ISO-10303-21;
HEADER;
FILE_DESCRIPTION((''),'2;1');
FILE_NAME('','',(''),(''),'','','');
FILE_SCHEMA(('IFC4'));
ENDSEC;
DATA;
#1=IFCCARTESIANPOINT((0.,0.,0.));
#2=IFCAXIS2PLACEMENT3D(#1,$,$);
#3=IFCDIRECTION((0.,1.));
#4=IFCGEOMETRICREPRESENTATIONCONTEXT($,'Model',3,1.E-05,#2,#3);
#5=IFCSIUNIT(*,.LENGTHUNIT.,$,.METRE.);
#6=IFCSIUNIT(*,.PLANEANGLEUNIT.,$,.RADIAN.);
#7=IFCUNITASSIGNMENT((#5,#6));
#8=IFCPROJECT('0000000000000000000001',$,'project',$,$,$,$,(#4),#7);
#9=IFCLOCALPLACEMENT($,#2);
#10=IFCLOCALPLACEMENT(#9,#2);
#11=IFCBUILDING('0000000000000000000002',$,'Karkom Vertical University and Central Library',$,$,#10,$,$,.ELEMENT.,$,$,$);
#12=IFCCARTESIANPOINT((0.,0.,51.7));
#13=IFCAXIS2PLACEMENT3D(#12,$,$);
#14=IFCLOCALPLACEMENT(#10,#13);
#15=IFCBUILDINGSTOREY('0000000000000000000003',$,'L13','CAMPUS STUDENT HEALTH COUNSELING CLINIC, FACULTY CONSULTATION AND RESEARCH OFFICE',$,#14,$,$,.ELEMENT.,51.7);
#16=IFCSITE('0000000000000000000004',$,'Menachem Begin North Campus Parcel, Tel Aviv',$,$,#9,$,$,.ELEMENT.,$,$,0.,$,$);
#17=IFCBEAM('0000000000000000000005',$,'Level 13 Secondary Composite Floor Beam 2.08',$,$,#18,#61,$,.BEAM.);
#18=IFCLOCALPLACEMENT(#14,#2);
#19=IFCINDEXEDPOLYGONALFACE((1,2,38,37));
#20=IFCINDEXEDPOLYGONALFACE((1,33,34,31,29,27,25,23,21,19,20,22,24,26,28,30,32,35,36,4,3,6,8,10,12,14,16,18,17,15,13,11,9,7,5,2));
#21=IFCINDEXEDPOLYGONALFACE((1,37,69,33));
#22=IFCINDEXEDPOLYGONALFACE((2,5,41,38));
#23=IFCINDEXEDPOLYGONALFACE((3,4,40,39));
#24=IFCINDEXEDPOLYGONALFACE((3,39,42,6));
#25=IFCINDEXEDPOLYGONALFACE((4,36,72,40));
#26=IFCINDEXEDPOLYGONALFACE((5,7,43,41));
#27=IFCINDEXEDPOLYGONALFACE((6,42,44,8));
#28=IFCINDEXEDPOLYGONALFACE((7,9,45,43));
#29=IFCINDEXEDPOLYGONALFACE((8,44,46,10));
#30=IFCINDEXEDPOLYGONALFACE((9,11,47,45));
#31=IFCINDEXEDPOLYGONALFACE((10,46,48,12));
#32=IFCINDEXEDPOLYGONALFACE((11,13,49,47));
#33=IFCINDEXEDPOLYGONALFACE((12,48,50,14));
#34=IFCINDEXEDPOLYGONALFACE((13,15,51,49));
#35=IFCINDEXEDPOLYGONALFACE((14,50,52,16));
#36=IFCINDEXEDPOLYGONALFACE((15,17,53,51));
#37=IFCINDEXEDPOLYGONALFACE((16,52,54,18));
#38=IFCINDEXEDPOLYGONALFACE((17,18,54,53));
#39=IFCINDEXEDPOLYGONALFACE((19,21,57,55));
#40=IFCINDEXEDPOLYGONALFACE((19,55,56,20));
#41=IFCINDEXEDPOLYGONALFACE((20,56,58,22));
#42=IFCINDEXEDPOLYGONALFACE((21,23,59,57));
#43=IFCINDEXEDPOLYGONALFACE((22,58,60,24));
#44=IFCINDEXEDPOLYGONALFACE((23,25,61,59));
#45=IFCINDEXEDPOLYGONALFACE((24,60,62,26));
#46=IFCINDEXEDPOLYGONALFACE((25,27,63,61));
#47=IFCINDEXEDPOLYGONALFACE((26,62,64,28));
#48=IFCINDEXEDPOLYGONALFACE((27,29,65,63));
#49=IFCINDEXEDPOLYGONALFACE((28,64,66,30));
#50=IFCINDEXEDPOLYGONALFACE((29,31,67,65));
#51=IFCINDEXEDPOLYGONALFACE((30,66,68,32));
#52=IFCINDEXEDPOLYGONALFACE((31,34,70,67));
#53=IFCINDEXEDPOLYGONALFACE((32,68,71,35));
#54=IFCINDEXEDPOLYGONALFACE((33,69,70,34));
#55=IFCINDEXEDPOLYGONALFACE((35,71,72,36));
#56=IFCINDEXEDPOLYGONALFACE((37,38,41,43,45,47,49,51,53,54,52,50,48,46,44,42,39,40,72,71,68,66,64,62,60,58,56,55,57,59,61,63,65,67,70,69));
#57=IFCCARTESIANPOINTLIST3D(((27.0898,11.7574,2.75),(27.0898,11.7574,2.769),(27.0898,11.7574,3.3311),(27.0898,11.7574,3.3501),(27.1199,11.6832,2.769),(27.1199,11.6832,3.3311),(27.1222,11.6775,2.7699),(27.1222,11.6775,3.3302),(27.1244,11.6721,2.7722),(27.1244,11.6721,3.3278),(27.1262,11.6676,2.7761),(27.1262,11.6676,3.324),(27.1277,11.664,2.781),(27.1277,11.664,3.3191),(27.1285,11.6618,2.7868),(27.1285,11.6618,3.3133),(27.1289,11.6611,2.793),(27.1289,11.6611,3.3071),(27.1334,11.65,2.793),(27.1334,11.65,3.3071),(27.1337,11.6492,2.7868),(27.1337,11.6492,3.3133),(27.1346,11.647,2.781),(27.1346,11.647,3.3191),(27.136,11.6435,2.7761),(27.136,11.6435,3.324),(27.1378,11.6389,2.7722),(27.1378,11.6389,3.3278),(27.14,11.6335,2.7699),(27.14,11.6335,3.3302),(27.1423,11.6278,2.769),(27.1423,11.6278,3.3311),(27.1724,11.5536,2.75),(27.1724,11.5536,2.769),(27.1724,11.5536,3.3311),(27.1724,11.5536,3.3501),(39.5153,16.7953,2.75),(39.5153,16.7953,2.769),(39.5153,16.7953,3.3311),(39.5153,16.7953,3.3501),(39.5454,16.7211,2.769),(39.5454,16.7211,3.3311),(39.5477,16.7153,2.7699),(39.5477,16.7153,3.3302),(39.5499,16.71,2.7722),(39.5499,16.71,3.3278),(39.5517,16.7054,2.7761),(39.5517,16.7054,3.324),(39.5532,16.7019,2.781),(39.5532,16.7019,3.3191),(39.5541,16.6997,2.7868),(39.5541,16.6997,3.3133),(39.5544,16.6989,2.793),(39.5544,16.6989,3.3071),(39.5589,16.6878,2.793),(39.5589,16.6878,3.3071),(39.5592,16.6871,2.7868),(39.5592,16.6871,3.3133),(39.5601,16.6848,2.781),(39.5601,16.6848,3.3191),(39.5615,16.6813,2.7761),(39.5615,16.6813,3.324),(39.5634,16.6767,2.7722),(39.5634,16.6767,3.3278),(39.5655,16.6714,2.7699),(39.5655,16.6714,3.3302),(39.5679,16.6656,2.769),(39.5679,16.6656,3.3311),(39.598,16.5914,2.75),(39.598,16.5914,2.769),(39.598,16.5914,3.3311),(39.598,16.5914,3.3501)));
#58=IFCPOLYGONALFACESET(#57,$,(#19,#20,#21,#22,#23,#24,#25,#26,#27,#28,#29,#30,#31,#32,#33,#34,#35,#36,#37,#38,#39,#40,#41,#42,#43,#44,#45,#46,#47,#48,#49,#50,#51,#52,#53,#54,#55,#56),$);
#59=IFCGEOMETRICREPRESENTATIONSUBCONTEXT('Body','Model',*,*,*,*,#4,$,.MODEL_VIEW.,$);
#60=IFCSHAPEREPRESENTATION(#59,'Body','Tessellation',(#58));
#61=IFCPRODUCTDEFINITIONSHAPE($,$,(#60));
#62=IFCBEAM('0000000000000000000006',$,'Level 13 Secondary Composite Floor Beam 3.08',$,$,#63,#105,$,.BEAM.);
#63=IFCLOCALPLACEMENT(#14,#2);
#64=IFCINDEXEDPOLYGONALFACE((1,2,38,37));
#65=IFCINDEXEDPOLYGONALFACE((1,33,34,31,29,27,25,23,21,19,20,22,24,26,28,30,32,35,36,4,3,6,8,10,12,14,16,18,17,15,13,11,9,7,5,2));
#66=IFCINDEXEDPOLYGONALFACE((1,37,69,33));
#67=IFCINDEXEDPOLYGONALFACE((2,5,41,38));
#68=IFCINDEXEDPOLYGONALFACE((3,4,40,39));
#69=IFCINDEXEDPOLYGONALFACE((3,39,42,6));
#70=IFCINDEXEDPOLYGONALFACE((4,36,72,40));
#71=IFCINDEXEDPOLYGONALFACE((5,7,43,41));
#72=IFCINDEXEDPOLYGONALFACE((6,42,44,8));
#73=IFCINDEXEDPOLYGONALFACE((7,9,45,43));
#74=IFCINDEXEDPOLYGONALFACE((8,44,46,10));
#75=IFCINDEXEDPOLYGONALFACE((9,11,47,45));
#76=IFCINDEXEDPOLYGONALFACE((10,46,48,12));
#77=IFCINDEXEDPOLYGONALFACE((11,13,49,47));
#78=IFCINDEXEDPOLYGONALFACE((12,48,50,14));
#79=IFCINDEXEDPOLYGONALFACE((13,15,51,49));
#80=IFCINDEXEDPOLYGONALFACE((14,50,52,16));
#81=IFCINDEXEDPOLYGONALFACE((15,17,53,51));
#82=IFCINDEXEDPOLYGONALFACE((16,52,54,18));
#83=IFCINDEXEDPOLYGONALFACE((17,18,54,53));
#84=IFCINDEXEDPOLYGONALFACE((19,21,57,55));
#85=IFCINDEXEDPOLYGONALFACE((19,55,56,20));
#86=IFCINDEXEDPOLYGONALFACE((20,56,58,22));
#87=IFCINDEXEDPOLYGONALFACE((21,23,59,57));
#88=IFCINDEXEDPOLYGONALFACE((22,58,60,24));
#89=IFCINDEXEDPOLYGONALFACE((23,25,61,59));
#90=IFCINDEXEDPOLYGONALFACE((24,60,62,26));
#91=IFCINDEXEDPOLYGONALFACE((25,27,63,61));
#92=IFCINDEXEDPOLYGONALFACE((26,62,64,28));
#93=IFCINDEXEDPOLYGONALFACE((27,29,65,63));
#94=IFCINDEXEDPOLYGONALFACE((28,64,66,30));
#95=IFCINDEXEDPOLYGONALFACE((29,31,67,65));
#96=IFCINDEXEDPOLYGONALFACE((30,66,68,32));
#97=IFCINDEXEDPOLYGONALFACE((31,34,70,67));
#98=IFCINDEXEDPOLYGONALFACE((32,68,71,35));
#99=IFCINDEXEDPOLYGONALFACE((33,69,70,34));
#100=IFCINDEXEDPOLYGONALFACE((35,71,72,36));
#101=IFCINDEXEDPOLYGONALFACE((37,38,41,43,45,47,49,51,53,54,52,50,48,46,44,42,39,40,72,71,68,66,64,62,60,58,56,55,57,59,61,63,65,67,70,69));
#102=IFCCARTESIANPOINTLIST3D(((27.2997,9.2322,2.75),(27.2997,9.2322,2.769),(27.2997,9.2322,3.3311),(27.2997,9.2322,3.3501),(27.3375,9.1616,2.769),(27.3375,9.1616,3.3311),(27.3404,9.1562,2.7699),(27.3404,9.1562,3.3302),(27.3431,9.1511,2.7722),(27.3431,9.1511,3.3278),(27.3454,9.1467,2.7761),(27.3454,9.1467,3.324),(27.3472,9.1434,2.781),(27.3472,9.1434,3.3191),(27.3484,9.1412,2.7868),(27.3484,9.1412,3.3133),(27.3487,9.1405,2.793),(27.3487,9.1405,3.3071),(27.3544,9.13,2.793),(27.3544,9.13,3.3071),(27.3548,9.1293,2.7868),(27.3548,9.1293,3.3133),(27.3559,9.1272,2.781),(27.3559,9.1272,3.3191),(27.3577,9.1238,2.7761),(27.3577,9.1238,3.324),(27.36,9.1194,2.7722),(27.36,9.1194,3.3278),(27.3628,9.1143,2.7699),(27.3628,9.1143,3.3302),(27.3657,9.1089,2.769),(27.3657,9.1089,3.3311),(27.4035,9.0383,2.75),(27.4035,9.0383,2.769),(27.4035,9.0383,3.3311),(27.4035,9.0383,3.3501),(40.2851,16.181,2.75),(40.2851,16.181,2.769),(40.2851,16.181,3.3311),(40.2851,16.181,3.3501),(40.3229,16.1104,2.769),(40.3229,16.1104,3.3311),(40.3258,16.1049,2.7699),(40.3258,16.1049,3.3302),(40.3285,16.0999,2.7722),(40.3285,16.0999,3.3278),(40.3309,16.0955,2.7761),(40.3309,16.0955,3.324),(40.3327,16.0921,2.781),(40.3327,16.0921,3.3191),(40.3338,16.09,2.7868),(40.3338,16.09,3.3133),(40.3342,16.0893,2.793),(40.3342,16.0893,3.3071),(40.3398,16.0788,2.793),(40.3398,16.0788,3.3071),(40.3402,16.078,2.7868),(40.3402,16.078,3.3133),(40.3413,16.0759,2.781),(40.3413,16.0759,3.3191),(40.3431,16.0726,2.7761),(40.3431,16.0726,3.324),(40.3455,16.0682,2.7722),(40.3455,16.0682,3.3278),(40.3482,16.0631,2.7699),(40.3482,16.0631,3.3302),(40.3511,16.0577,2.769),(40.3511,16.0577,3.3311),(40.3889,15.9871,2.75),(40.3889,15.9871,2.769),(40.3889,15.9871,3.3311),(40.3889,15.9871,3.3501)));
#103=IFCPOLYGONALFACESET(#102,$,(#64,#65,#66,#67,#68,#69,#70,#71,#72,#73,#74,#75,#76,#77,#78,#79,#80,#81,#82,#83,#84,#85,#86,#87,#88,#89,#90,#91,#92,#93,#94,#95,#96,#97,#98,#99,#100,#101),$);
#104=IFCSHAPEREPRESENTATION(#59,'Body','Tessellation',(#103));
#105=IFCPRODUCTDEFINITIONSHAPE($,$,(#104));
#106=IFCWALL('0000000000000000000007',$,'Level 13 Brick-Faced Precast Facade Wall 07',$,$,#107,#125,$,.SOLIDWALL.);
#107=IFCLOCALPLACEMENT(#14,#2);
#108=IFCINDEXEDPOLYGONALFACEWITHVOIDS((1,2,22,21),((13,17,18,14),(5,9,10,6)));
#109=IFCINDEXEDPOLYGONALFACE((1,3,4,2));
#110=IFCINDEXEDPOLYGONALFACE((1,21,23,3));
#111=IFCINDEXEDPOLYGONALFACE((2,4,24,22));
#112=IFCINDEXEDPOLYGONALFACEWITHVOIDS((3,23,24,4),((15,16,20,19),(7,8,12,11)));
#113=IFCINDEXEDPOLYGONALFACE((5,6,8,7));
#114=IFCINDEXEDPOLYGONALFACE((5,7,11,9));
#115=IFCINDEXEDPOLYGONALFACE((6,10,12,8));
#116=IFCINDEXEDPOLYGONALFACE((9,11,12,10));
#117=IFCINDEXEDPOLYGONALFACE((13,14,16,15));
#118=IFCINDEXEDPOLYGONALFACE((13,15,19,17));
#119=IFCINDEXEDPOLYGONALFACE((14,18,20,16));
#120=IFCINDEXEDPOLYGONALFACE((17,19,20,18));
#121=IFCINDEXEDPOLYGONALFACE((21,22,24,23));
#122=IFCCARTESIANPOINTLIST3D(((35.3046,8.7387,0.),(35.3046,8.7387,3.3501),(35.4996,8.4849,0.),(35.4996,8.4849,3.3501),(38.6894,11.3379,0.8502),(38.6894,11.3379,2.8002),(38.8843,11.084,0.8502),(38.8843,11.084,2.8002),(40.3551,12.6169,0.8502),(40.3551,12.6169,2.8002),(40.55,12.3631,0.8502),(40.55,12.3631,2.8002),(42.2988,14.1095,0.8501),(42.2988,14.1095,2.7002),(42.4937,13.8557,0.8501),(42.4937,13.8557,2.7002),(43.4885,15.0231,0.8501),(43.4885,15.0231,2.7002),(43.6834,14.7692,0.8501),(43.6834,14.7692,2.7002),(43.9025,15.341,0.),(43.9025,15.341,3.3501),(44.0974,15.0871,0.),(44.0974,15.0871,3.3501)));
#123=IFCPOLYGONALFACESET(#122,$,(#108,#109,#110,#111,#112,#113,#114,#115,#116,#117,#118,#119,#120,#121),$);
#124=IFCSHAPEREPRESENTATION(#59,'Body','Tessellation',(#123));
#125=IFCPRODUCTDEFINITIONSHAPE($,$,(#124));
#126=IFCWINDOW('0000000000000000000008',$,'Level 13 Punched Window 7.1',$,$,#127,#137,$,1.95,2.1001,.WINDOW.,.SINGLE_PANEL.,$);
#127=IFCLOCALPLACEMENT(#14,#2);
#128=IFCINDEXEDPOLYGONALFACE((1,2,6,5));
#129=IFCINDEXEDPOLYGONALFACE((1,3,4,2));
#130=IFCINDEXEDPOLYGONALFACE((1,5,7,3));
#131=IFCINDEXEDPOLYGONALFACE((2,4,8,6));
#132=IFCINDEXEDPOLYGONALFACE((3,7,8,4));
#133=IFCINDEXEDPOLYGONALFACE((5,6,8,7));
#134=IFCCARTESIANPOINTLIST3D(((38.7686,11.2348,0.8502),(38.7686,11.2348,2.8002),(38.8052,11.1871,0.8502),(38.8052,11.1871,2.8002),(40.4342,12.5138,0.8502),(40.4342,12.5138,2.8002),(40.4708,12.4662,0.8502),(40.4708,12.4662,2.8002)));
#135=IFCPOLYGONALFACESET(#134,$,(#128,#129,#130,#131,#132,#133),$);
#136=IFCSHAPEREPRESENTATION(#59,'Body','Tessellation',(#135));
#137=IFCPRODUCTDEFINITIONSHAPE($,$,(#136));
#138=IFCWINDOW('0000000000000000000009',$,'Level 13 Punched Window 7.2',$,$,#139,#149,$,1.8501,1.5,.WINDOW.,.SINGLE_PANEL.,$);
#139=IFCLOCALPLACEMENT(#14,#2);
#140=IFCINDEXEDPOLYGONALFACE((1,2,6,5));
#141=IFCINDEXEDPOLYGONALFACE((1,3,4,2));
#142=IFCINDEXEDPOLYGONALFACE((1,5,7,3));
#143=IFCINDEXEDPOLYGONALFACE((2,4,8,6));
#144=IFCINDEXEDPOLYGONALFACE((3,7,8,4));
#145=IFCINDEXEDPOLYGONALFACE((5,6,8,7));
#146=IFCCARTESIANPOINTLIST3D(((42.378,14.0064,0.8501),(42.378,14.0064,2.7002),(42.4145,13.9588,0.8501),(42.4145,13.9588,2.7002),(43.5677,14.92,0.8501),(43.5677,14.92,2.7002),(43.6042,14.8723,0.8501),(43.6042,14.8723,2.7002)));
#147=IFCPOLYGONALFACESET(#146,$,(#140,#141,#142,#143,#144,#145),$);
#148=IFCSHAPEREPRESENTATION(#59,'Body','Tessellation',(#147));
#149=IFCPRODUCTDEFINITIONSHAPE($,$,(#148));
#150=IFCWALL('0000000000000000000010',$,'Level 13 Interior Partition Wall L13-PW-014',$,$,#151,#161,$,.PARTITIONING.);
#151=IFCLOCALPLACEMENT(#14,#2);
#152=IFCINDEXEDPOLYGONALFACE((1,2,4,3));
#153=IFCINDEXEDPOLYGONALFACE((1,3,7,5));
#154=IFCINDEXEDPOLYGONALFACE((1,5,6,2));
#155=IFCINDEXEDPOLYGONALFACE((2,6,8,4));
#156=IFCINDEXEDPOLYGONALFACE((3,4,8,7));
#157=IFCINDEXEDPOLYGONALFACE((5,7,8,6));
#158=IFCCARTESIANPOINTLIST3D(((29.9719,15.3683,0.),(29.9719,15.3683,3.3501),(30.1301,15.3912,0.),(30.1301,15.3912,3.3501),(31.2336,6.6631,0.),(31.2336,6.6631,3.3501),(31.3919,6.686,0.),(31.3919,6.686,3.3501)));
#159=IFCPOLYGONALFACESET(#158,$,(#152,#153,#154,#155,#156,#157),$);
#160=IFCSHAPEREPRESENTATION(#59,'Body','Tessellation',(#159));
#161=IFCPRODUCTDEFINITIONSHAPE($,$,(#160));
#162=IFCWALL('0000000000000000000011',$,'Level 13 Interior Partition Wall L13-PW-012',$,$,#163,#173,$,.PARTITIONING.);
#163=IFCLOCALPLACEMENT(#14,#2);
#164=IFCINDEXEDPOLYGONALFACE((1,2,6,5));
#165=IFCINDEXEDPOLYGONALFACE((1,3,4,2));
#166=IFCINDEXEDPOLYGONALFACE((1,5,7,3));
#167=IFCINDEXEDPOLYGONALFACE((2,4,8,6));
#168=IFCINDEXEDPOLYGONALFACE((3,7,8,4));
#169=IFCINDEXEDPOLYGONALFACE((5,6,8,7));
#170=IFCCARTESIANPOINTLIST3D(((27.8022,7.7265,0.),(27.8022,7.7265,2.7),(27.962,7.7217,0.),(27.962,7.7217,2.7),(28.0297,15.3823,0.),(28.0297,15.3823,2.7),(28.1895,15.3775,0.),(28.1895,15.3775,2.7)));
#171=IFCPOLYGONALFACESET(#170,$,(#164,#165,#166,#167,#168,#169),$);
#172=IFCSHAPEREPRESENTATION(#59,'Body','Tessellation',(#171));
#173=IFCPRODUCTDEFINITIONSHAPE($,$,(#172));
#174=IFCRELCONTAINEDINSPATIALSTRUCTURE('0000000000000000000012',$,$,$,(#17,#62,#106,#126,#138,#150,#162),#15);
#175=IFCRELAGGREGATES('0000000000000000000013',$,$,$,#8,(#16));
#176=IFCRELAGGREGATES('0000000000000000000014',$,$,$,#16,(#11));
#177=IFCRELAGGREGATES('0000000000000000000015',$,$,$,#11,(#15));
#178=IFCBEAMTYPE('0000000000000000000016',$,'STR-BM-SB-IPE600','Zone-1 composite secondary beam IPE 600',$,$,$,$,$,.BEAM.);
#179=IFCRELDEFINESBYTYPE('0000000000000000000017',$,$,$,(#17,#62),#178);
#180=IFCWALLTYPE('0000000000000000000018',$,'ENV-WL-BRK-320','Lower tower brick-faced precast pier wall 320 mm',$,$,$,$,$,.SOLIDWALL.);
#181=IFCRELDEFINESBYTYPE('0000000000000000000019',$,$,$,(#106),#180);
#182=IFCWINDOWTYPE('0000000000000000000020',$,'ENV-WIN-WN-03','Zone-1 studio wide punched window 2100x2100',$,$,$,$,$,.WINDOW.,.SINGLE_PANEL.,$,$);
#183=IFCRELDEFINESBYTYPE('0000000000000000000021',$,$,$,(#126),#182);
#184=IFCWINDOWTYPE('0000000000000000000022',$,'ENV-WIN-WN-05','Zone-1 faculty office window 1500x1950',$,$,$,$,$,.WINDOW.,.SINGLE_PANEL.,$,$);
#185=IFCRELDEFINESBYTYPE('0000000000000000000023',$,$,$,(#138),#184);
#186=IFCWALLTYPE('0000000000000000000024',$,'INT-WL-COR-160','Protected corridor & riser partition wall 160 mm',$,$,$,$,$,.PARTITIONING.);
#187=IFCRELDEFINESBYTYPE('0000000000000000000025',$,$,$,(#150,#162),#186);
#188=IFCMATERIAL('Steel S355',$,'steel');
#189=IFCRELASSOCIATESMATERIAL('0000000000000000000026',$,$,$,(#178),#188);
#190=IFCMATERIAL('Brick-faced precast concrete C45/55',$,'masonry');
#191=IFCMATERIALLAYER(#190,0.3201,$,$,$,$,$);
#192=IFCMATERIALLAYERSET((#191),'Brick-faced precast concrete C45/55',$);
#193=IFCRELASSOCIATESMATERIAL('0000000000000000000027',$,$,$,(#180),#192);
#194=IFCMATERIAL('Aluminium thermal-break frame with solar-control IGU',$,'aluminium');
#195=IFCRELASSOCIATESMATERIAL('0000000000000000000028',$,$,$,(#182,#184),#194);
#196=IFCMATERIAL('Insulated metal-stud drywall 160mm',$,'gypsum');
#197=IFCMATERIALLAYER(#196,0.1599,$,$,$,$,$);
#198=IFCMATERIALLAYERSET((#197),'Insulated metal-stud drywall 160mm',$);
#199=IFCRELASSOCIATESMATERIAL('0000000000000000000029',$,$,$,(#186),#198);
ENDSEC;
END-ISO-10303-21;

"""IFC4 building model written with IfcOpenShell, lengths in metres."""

from ifc_helpers import new_model, si_unit, direction, frame, frame_2d, origin, origin_with_axes, origin_2d, place, context, subcontext, project, spatial, rectangle, i_section, extrude, source, transform, mapped, material, layer, layer_set, material_profile, profile_set, type_object, element, fill, save


model = new_model("IFC4")

# Units and contexts
model_context = context("Model", 3, precision=1e-05, world=origin(), true_north=direction((0.0, 1.0)))
body_context = subcontext(model_context, "Body", "Model", "MODEL_VIEW")
ifc_project = project(units=[si_unit("LENGTHUNIT", "METRE"), si_unit("PLANEANGLEUNIT", "RADIAN")], contexts=[model_context])

# Site, building, storey
site_placement = place(None, origin())
site = spatial("IfcSite", under=ifc_project, at=site_placement, Name="Menachem Begin North Campus Parcel, Tel Aviv", CompositionType="ELEMENT", RefElevation=0.0)
building_placement = place(site_placement, origin())
building = spatial("IfcBuilding", under=site, at=building_placement, Name="Karkom Vertical University and Central Library", CompositionType="ELEMENT")
storey_placement = place(building_placement, frame((0.0, 0.0, 51.7)))
storey = spatial("IfcBuildingStorey", under=building, at=storey_placement, Name="L13", Description="CAMPUS STUDENT HEALTH COUNSELING CLINIC, FACULTY CONSULTATION AND RESEARCH OFFICE", CompositionType="ELEMENT", Elevation=51.7)

# Beams
ifc_material_1 = material(Name="Steel S355", Category="steel")
ifc_material_profile_1 = material_profile(ifc_material_1, i_section(OverallWidth=0.22, OverallDepth=0.6001, WebThickness=0.012, FlangeThickness=0.019, FilletRadius=0.0239, at=origin_2d()), Name="IPE 600")
ifc_profile_set_1 = profile_set([ifc_material_profile_1], Name="Steel S355")
beam_type_1 = type_object("IfcBeamType", Name="STR-BM-SB-IPE600", Description="Zone-1 composite secondary beam IPE 600", PredefinedType="BEAM", material=ifc_profile_set_1)
shared_shape_1 = source(origin_with_axes(), body_context, "Body", "SweptSolid", [
    extrude(i_section(OverallWidth=0.22, OverallDepth=0.6001, WebThickness=0.012, FlangeThickness=0.019, FilletRadius=0.0239, at=origin_2d()), origin(), (0.0, 0.0, 1.0), 13.408),
])
beam_1_placement = place(storey_placement, frame((27.1311, 11.6555, 3.05), z_axis=(0.926727, 0.375735, 0.0), x_axis=(-0.375735, 0.926727, 0.0)))
element("IfcBeam", 1, at=beam_1_placement, inside=storey, type_object=beam_type_1, Name="Level 13 Secondary Composite Floor Beam 2.08", PredefinedType="BEAM", context=body_context, shape_type="MappedRepresentation", body=[
    mapped(shared_shape_1, transform((0.0, 0.0, 0.0), scale=1.0)),
])
shared_shape_2 = source(origin_with_axes(), body_context, "Body", "SweptSolid", [
    extrude(i_section(OverallWidth=0.22, OverallDepth=0.6001, WebThickness=0.012, FlangeThickness=0.019, FilletRadius=0.0239, at=origin_2d()), origin(), (0.0, 0.0, 1.0), 14.7278),
])
beam_2_placement = place(storey_placement, frame((27.3516, 9.1353, 3.05), z_axis=(0.881698, 0.471815, 0.0), x_axis=(-0.471815, 0.881698, 0.0)))
element("IfcBeam", 2, at=beam_2_placement, inside=storey, type_object=beam_type_1, Name="Level 13 Secondary Composite Floor Beam 3.08", PredefinedType="BEAM", context=body_context, shape_type="MappedRepresentation", body=[
    mapped(shared_shape_2, transform((0.0, 0.0, 0.0), scale=1.0)),
])

# Wall, openings, windows
ifc_material_2 = material(Name="Brick-faced precast concrete C45/55", Category="masonry")
ifc_layer_1 = layer(ifc_material_2, 0.3201)
ifc_layer_set_1 = layer_set([ifc_layer_1], Name="Brick-faced precast concrete C45/55")
wall_type_1 = type_object("IfcWallType", Name="ENV-WL-BRK-320", Description="Lower tower brick-faced precast pier wall 320 mm", PredefinedType="SOLIDWALL", material=ifc_layer_set_1)
wall_1_placement = place(storey_placement, frame((35.4021, 8.6118, 0.0), z_axis=(0.0, 0.0, 1.0), x_axis=(0.793135, 0.609046, 0.0)))
wall_1 = element("IfcWall", 3, at=wall_1_placement, inside=storey, type_object=wall_type_1, Name="Level 13 Brick-Faced Precast Facade Wall 07", PredefinedType="SOLIDWALL", context=body_context, shape_type="SweptSolid", body=[
    extrude(rectangle(XDim=10.8403, YDim=0.3201, at=frame_2d((5.4202, 0.0))), origin(), (0.0, 0.0, 1.0), 3.3501),
])
opening_1_placement = place(wall_1_placement, frame((4.2676, 0.0, 0.8501)))
opening_1 = element("IfcOpeningElement", 4, at=opening_1_placement, cuts=wall_1, PredefinedType="OPENING", context=body_context, shape_type="SweptSolid", body=[
    extrude(rectangle(XDim=2.1001, YDim=1.95, at=frame_2d((1.05, 0.9751))), frame((0.0, 0.1699, 0.0), z_axis=(0.0, -1.0, 0.0), x_axis=(1.0, 0.0, 0.0)), (0.0, 0.0, 1.0), 0.3401),
])
opening_2_placement = place(wall_1_placement, frame((8.8184, 0.0, 0.8501)))
opening_2 = element("IfcOpeningElement", 5, at=opening_2_placement, cuts=wall_1, PredefinedType="OPENING", context=body_context, shape_type="SweptSolid", body=[
    extrude(rectangle(XDim=1.5, YDim=1.8501, at=frame_2d((0.75, 0.925))), frame((0.0, 0.1699, 0.0), z_axis=(0.0, -1.0, 0.0), x_axis=(1.0, 0.0, 0.0)), (0.0, 0.0, 1.0), 0.3401),
])
ifc_material_3 = material(Name="Aluminium thermal-break frame with solar-control IGU", Category="aluminium")
window_type_1 = type_object("IfcWindowType", Name="ENV-WIN-WN-03", Description="Zone-1 studio wide punched window 2100x2100", PartitioningType="SINGLE_PANEL", PredefinedType="WINDOW", material=ifc_material_3)
shared_shape_3 = source(origin_with_axes(), body_context, "Body", "SweptSolid", [
    extrude(rectangle(XDim=2.1001, YDim=1.95, at=frame_2d((1.05, 0.9751))), frame((0.0, 0.03, 0.0), z_axis=(0.0, -1.0, 0.0), x_axis=(1.0, 0.0, 0.0)), (0.0, 0.0, 1.0), 0.0601),
])
window_1_placement = place(opening_1_placement, origin())
window_1 = element("IfcWindow", 6, at=window_1_placement, inside=storey, type_object=window_type_1, Name="Level 13 Punched Window 7.1", OverallHeight=1.95, OverallWidth=2.1001, PartitioningType="SINGLE_PANEL", PredefinedType="WINDOW", context=body_context, shape_type="MappedRepresentation", body=[
    mapped(shared_shape_3, transform((0.0, 0.0, 0.0), scale=1.0)),
])
fill(opening_1, window_1)
window_type_2 = type_object("IfcWindowType", Name="ENV-WIN-WN-05", Description="Zone-1 faculty office window 1500x1950", PartitioningType="SINGLE_PANEL", PredefinedType="WINDOW", material=ifc_material_3)
shared_shape_4 = source(origin_with_axes(), body_context, "Body", "SweptSolid", [
    extrude(rectangle(XDim=1.5, YDim=1.8501, at=frame_2d((0.75, 0.925))), frame((0.0, 0.03, 0.0), z_axis=(0.0, -1.0, 0.0), x_axis=(1.0, 0.0, 0.0)), (0.0, 0.0, 1.0), 0.0601),
])
window_2_placement = place(opening_2_placement, origin())
window_2 = element("IfcWindow", 7, at=window_2_placement, inside=storey, type_object=window_type_2, Name="Level 13 Punched Window 7.2", OverallHeight=1.8501, OverallWidth=1.5, PartitioningType="SINGLE_PANEL", PredefinedType="WINDOW", context=body_context, shape_type="MappedRepresentation", body=[
    mapped(shared_shape_4, transform((0.0, 0.0, 0.0), scale=1.0)),
])
fill(opening_2, window_2)

# Walls
ifc_material_4 = material(Name="Insulated metal-stud drywall 160mm", Category="gypsum")
ifc_layer_2 = layer(ifc_material_4, 0.1599)
ifc_layer_set_2 = layer_set([ifc_layer_2], Name="Insulated metal-stud drywall 160mm")
wall_type_2 = type_object("IfcWallType", Name="INT-WL-COR-160", Description="Protected corridor & riser partition wall 160 mm", PredefinedType="PARTITIONING", material=ifc_layer_set_2)
wall_2_placement = place(storey_placement, frame((30.051, 15.3796, 0.0), z_axis=(0.0, 0.0, 1.0), x_axis=(0.143442, -0.989659, 0.0)))
element("IfcWall", 8, at=wall_2_placement, inside=storey, type_object=wall_type_2, Name="Level 13 Interior Partition Wall L13-PW-014", PredefinedType="PARTITIONING", context=body_context, shape_type="SweptSolid", body=[
    extrude(rectangle(XDim=8.7961, YDim=0.1599, at=frame_2d((4.3979, 0.0))), origin(), (0.0, 0.0, 1.0), 3.3501),
])
wall_3_placement = place(storey_placement, frame((28.1096, 15.3799, 0.0), z_axis=(0.0, 0.0, 1.0), x_axis=(-0.029708, -0.999559, 0.0)))
element("IfcWall", 9, at=wall_3_placement, inside=storey, type_object=wall_type_2, Name="Level 13 Interior Partition Wall L13-PW-012", PredefinedType="PARTITIONING", context=body_context, shape_type="SweptSolid", body=[
    extrude(rectangle(XDim=7.6592, YDim=0.1599, at=frame_2d((3.8296, 0.0))), origin(), (0.0, 0.0, 1.0), 2.7),
])

save(model, "model.ifc")
